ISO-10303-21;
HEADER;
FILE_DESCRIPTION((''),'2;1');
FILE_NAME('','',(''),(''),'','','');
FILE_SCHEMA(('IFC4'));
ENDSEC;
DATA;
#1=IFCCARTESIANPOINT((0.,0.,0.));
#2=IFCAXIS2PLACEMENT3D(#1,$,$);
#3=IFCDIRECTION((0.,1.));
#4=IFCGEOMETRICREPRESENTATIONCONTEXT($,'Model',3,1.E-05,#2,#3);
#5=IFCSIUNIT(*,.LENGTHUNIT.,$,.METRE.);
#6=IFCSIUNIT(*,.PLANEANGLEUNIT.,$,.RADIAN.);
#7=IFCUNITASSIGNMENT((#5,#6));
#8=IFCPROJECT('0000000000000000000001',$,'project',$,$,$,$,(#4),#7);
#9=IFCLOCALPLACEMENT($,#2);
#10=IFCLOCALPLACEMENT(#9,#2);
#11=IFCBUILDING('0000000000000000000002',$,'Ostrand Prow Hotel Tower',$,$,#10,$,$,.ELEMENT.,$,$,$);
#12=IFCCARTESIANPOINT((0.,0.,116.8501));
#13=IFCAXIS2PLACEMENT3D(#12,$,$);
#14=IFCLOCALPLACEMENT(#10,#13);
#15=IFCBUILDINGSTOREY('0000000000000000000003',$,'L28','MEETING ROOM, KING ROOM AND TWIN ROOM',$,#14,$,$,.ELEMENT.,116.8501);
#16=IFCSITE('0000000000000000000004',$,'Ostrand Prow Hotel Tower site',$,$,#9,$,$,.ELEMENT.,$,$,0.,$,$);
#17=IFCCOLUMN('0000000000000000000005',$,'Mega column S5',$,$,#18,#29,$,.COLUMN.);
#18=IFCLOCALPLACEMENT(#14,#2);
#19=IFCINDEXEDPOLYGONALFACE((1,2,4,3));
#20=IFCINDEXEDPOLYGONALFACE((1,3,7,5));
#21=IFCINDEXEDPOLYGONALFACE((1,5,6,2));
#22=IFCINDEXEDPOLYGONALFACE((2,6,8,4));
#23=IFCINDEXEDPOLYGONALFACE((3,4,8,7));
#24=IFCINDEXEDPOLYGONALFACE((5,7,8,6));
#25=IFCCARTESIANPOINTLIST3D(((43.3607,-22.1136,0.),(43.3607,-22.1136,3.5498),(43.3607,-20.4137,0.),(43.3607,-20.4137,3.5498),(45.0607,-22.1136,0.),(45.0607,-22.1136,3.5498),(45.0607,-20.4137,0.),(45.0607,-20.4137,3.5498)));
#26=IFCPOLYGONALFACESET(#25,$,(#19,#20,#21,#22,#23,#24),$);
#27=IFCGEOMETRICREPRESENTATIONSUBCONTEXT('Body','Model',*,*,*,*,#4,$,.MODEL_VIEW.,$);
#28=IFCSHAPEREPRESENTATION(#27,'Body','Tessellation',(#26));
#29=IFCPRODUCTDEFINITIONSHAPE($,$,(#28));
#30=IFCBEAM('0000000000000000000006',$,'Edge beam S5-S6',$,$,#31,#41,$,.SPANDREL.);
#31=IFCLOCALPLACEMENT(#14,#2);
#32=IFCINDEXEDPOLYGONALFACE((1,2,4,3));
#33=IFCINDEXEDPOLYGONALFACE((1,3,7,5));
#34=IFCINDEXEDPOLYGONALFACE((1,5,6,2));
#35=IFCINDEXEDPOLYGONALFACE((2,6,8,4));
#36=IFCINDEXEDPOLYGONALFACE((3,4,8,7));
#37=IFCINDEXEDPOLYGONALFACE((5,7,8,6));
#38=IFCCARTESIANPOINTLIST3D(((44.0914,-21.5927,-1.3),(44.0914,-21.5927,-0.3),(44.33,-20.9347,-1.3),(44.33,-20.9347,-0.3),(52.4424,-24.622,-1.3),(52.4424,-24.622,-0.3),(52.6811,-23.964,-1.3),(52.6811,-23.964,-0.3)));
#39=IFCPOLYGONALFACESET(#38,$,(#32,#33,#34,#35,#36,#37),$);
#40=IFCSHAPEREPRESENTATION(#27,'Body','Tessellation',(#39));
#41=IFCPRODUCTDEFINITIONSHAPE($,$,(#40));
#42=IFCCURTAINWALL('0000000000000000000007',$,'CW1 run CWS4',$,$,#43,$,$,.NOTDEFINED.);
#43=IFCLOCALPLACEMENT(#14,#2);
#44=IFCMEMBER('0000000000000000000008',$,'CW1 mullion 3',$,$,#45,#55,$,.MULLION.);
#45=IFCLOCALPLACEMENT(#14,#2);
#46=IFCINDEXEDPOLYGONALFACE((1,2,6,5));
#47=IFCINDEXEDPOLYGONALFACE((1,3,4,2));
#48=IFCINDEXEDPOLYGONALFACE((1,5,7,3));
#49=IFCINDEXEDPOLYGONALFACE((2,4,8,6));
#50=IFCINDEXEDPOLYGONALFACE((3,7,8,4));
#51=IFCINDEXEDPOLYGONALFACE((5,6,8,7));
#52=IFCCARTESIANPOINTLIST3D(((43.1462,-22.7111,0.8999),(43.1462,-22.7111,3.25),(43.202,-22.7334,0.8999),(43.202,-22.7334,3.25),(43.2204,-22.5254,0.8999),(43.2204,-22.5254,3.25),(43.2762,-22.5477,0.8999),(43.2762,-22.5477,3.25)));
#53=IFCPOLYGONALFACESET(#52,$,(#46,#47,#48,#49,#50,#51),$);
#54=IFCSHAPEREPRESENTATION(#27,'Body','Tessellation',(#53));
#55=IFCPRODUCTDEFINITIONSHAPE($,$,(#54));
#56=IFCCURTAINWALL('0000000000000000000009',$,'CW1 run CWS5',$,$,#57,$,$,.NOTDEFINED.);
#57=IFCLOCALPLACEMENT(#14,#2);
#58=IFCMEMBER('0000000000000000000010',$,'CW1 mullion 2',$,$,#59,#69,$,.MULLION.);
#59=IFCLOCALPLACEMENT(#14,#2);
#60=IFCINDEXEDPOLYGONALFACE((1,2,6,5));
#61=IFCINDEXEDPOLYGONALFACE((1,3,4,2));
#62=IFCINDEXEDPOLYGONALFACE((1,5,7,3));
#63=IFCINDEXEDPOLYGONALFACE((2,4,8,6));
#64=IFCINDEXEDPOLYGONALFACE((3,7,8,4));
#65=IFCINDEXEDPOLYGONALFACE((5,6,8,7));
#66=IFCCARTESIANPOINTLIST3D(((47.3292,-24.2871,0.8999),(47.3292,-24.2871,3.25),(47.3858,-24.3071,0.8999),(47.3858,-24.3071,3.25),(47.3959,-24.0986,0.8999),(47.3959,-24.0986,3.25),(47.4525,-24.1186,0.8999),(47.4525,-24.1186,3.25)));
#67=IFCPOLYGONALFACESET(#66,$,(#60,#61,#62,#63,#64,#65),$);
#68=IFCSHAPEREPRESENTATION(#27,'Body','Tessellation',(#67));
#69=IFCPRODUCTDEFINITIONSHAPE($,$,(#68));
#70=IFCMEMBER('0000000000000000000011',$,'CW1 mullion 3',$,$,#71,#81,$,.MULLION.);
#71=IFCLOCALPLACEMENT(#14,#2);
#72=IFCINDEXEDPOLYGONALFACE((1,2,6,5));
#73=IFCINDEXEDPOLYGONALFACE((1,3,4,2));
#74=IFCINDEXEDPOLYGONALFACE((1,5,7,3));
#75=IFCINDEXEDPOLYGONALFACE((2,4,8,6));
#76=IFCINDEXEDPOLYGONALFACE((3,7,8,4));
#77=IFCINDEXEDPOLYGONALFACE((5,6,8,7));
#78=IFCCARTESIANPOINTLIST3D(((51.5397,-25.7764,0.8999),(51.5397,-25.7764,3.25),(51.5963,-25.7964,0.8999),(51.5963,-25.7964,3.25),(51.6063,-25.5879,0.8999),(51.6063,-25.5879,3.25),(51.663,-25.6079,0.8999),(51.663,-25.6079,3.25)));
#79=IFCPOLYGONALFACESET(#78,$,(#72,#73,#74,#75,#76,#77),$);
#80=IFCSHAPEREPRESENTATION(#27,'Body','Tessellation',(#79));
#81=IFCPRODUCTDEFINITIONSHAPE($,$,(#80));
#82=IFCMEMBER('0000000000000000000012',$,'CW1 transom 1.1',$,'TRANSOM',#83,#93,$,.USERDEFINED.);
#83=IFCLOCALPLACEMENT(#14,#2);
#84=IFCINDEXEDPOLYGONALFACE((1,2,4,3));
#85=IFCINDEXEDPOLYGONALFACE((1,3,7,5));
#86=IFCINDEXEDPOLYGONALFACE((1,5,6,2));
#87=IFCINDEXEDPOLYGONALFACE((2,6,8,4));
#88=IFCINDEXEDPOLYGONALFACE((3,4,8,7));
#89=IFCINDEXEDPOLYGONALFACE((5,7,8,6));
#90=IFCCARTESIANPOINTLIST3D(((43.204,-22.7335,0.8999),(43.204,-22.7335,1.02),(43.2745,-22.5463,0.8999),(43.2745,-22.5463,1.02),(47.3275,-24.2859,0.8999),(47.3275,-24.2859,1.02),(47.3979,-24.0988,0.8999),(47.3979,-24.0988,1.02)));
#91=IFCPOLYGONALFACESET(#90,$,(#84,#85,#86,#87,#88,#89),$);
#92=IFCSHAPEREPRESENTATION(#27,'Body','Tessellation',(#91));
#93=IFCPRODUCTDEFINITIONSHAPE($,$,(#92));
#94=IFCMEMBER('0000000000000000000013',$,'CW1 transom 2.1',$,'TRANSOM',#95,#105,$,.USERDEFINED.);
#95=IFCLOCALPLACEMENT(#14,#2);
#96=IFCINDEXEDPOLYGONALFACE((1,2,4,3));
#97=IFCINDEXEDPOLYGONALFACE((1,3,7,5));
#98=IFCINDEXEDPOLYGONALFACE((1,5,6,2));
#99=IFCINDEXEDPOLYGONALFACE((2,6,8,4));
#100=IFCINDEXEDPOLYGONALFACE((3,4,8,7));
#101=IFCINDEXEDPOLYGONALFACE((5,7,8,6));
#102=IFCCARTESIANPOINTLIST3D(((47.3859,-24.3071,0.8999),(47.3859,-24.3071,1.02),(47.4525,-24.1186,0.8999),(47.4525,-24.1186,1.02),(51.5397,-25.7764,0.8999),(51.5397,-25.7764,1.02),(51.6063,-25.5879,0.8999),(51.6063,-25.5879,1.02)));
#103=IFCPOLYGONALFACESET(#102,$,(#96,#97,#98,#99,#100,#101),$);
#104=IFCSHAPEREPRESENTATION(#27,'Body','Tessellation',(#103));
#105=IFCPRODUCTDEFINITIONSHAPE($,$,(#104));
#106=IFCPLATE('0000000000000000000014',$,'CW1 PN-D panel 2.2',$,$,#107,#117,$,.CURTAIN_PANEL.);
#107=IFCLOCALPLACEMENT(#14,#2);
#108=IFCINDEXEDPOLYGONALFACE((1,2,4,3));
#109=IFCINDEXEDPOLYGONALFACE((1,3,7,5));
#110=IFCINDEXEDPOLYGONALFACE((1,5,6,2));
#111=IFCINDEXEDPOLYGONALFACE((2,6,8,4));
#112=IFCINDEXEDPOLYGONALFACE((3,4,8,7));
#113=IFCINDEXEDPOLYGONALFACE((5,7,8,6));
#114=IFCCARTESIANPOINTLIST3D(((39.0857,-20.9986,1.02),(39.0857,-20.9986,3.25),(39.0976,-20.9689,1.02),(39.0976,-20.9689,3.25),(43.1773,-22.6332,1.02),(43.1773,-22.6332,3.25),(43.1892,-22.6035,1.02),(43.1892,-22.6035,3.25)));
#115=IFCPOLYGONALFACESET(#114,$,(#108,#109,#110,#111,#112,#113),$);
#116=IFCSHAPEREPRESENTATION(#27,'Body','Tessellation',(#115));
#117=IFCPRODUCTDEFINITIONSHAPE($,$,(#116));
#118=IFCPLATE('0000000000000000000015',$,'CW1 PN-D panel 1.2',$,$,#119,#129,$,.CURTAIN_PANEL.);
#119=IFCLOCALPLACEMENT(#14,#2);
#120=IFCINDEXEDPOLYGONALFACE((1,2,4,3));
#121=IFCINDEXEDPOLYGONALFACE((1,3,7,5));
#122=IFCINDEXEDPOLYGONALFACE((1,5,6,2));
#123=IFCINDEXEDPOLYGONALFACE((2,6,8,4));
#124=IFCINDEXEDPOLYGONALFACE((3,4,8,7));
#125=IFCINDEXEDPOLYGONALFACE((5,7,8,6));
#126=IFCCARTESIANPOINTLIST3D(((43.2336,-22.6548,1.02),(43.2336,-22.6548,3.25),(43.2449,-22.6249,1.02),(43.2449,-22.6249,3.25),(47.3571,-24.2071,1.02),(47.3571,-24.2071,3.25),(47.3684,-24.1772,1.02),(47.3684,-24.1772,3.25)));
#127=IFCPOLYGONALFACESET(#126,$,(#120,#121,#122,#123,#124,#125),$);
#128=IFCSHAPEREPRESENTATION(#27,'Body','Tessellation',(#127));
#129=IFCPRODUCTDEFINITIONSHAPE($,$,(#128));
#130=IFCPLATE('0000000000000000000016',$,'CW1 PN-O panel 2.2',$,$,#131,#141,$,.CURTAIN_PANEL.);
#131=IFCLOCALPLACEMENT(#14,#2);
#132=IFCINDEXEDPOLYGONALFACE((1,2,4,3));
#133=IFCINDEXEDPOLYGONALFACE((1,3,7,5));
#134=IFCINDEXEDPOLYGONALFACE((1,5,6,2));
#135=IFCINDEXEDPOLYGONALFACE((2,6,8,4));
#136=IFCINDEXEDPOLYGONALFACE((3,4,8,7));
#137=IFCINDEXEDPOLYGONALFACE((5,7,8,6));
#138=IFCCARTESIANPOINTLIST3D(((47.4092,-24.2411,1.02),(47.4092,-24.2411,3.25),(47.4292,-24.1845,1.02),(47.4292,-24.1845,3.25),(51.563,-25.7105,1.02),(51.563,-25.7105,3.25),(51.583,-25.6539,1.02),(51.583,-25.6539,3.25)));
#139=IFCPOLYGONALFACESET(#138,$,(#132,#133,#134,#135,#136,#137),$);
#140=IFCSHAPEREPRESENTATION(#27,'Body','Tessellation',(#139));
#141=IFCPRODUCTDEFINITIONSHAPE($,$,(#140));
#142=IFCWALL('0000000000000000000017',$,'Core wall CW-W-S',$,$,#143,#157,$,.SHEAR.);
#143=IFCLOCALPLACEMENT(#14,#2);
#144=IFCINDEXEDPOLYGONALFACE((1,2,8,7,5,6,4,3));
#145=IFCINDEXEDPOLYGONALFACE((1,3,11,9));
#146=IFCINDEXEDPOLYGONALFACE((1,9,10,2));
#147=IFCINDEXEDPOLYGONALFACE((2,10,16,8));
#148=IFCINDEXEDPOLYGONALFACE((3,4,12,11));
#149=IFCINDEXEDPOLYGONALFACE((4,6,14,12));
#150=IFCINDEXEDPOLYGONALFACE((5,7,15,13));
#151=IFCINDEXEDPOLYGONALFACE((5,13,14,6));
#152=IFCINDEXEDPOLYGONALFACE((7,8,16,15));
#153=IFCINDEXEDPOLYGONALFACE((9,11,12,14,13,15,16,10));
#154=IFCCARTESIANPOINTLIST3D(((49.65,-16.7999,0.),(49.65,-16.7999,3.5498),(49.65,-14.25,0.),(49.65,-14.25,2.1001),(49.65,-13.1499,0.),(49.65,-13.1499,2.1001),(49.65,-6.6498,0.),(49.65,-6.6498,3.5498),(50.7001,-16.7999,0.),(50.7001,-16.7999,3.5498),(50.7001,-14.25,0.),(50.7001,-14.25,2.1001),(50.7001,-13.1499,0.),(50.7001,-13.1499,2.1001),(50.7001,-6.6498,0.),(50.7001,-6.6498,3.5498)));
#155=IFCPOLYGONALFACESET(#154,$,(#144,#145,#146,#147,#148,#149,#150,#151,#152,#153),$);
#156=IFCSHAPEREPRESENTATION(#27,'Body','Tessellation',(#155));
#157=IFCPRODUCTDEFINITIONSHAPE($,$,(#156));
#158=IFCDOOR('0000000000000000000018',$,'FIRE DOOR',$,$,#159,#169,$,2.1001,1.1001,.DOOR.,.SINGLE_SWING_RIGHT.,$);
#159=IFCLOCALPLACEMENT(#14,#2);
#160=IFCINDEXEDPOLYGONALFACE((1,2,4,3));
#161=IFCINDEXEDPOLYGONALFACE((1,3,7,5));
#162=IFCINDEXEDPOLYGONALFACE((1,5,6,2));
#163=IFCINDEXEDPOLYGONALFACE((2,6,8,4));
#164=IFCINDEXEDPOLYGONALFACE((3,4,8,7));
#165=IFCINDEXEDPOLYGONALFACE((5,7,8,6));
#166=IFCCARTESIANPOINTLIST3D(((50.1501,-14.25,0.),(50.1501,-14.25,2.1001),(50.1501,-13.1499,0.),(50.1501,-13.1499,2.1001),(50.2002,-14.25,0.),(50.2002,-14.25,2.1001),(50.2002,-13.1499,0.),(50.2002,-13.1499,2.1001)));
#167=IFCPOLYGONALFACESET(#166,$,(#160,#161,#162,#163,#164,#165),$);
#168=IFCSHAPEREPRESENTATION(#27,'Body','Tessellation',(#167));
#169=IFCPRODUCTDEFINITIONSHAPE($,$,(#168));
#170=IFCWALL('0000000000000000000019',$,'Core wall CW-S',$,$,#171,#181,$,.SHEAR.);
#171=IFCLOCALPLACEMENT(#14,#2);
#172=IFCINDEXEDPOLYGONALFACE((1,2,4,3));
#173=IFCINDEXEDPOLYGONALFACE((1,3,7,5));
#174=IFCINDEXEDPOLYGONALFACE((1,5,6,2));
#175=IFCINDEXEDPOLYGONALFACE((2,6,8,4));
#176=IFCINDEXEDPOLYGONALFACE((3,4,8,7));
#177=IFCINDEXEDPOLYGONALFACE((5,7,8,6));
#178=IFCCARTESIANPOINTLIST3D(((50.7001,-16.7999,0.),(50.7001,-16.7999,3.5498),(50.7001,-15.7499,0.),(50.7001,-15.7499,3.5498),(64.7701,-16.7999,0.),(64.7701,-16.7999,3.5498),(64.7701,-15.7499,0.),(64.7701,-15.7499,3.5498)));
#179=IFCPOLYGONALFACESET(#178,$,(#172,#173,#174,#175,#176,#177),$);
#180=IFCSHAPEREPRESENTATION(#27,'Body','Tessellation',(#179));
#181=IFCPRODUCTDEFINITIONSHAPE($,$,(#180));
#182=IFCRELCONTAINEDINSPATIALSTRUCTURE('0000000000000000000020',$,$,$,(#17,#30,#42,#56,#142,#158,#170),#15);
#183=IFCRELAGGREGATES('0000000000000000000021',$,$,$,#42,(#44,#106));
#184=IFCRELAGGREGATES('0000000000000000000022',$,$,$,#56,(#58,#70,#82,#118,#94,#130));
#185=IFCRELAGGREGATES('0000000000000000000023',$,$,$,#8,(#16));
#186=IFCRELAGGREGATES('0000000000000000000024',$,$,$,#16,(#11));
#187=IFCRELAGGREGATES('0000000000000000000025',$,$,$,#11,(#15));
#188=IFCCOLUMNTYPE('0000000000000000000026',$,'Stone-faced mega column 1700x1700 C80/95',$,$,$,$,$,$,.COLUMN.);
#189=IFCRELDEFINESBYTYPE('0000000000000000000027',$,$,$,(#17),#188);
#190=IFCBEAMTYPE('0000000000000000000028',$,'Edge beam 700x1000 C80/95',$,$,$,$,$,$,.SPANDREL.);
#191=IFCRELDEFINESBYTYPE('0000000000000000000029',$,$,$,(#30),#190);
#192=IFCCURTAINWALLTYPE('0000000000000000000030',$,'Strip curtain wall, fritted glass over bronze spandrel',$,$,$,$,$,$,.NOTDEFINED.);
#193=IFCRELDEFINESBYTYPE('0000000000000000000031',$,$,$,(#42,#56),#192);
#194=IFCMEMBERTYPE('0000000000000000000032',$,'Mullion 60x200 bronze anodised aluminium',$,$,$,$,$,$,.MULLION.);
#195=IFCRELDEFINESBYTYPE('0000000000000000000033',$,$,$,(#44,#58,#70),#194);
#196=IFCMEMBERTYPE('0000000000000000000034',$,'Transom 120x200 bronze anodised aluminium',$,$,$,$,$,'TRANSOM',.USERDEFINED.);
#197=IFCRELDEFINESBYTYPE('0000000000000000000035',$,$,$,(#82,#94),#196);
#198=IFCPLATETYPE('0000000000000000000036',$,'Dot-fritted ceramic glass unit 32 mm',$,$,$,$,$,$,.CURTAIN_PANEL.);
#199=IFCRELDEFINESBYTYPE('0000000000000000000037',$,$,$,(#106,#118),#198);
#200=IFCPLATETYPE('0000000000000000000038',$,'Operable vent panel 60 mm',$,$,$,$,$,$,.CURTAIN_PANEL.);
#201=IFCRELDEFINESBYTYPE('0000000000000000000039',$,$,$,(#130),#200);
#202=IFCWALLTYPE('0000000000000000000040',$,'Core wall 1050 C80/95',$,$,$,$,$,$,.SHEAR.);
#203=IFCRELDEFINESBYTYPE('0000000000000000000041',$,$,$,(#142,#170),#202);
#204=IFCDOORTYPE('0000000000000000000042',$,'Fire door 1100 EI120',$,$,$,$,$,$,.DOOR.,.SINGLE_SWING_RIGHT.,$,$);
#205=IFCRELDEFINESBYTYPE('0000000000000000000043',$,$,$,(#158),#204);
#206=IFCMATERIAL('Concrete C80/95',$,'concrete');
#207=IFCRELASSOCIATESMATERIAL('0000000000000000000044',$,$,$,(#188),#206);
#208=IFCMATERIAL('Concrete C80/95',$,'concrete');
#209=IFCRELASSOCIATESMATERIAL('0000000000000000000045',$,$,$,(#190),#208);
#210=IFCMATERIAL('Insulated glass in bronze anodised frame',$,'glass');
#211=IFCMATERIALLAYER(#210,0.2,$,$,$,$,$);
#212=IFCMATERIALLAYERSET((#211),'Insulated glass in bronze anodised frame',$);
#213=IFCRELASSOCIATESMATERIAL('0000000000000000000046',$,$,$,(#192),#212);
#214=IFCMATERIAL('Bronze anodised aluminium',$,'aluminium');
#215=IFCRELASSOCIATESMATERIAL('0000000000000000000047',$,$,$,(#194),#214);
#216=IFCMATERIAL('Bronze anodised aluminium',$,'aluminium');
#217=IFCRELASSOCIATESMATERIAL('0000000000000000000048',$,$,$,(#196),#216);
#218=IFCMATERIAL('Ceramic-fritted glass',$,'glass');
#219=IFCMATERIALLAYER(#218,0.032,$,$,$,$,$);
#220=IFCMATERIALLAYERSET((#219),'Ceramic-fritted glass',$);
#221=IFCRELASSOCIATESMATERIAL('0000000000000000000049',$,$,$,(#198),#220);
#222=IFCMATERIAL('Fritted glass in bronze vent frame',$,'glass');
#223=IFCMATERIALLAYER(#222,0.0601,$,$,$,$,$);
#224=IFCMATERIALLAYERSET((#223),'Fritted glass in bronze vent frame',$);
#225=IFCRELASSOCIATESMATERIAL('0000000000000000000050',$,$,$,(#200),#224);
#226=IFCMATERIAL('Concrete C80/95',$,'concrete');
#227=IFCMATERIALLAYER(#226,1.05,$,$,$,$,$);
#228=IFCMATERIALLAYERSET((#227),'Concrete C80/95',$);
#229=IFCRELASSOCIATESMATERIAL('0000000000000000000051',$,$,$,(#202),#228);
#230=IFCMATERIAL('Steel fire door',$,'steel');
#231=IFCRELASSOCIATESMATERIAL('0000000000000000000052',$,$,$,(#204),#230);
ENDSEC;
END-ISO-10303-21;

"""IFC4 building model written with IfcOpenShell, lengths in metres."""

from ifc_helpers import new_model, si_unit, direction, frame, frame_2d, origin, origin_2d, place, context, subcontext, project, spatial, rectangle, extrude, material, layer, layer_set, material_profile, profile_set, type_object, element, fill, aggregate, save


model = new_model("IFC4")

# Units and contexts
model_context = context("Model", 3, precision=1e-05, world=origin(), true_north=direction((0.0, 1.0)))
body_context = subcontext(model_context, "Body", "Model", "MODEL_VIEW")
ifc_project = project(units=[si_unit("LENGTHUNIT", "METRE"), si_unit("PLANEANGLEUNIT", "RADIAN")], contexts=[model_context])

# Site, building, storey
site_placement = place(None, origin())
site = spatial("IfcSite", under=ifc_project, at=site_placement, Name="Ostrand Prow Hotel Tower site", CompositionType="ELEMENT", RefElevation=0.0)
building_placement = place(site_placement, origin())
building = spatial("IfcBuilding", under=site, at=building_placement, Name="Ostrand Prow Hotel Tower", CompositionType="ELEMENT")
storey_placement = place(building_placement, frame((0.0, 0.0, 116.8501)))
storey = spatial("IfcBuildingStorey", under=building, at=storey_placement, Name="L28", Description="MEETING ROOM, KING ROOM AND TWIN ROOM", CompositionType="ELEMENT", Elevation=116.8501)

# Column
ifc_material_1 = material(Name="Concrete C80/95", Category="concrete")
ifc_material_profile_1 = material_profile(ifc_material_1, rectangle(XDim=1.7, YDim=1.7, at=origin_2d()), Name="RC 1700x1700")
ifc_profile_set_1 = profile_set([ifc_material_profile_1], Name="Concrete C80/95")
column_type = type_object("IfcColumnType", Name="Stone-faced mega column 1700x1700 C80/95", PredefinedType="COLUMN", material=ifc_profile_set_1)
column_placement = place(storey_placement, frame((44.2107, -21.2637, 0.0), z_axis=(0.0, 0.0, 1.0), x_axis=(1.0, 0.0, 0.0)))
element("IfcColumn", 1, at=column_placement, inside=storey, type_object=column_type, Name="Mega column S5", PredefinedType="COLUMN", context=body_context, shape_type="SweptSolid", body=[
    extrude(rectangle(XDim=1.7, YDim=1.7, at=origin_2d()), origin(), (0.0, 0.0, 1.0), 3.5498),
])

# Beam
ifc_material_2 = material(Name="Concrete C80/95", Category="concrete")
ifc_material_profile_2 = material_profile(ifc_material_2, rectangle(XDim=0.7, YDim=1.0, at=origin_2d()), Name="RC 700x1000")
ifc_profile_set_2 = profile_set([ifc_material_profile_2], Name="Concrete C80/95")
beam_type = type_object("IfcBeamType", Name="Edge beam 700x1000 C80/95", PredefinedType="SPANDREL", material=ifc_profile_set_2)
beam_placement = place(storey_placement, frame((44.2107, -21.2637, -0.8), z_axis=(0.940063, -0.341002, 0.0), x_axis=(0.341002, 0.940063, 0.0)))
element("IfcBeam", 2, at=beam_placement, inside=storey, type_object=beam_type, Name="Edge beam S5-S6", PredefinedType="SPANDREL", context=body_context, shape_type="SweptSolid", body=[
    extrude(rectangle(XDim=0.7, YDim=1.0, at=origin_2d()), origin(), (0.0, 0.0, 1.0), 8.8835),
])

# Curtain wall, member
ifc_material_3 = material(Name="Insulated glass in bronze anodised frame", Category="glass")
ifc_layer_1 = layer(ifc_material_3, 0.2)
ifc_layer_set_1 = layer_set([ifc_layer_1], Name="Insulated glass in bronze anodised frame")
curtain_wall_type = type_object("IfcCurtainWallType", Name="Strip curtain wall, fritted glass over bronze spandrel", PredefinedType="NOTDEFINED", material=ifc_layer_set_1)
curtain_wall_1_placement = place(storey_placement, origin())
curtain_wall_1 = element("IfcCurtainWall", 3, at=curtain_wall_1_placement, inside=storey, type_object=curtain_wall_type, Name="CW1 run CWS4", PredefinedType="NOTDEFINED")
ifc_material_4 = material(Name="Bronze anodised aluminium", Category="aluminium")
ifc_material_profile_3 = material_profile(ifc_material_4, rectangle(XDim=0.2, YDim=0.0601, at=origin_2d()), Name="Mullion 60x200 bronze anodised aluminium")
ifc_profile_set_3 = profile_set([ifc_material_profile_3], Name="Bronze anodised aluminium")
member_type_1 = type_object("IfcMemberType", Name="Mullion 60x200 bronze anodised aluminium", PredefinedType="MULLION", material=ifc_profile_set_3)
member_1_placement = place(storey_placement, frame((43.2112, -22.6294, 0.8999), z_axis=(0.0, 0.0, 1.0), x_axis=(0.370982, 0.92864, 0.0)))
member_1 = element("IfcMember", 4, at=member_1_placement, type_object=member_type_1, Name="CW1 mullion 3", PredefinedType="MULLION", context=body_context, shape_type="SweptSolid", body=[
    extrude(rectangle(XDim=0.2, YDim=0.0601, at=origin_2d()), origin(), (0.0, 0.0, 1.0), 2.3501),
])

# Curtain wall, members
curtain_wall_2_placement = place(storey_placement, origin())
curtain_wall_2 = element("IfcCurtainWall", 5, at=curtain_wall_2_placement, inside=storey, type_object=curtain_wall_type, Name="CW1 run CWS5", PredefinedType="NOTDEFINED")
member_2_placement = place(storey_placement, frame((47.3909, -24.2029, 0.8999), z_axis=(0.0, 0.0, 1.0), x_axis=(0.333496, 0.942752, 0.0)))
member_2 = element("IfcMember", 6, at=member_2_placement, type_object=member_type_1, Name="CW1 mullion 2", PredefinedType="MULLION", context=body_context, shape_type="SweptSolid", body=[
    extrude(rectangle(XDim=0.2, YDim=0.0601, at=origin_2d()), origin(), (0.0, 0.0, 1.0), 2.3501),
])
member_3_placement = place(storey_placement, frame((51.6013, -25.6921, 0.8999), z_axis=(0.0, 0.0, 1.0), x_axis=(0.333496, 0.942752, 0.0)))
member_3 = element("IfcMember", 7, at=member_3_placement, type_object=member_type_1, Name="CW1 mullion 3", PredefinedType="MULLION", context=body_context, shape_type="SweptSolid", body=[
    extrude(rectangle(XDim=0.2, YDim=0.0601, at=origin_2d()), origin(), (0.0, 0.0, 1.0), 2.3501),
])
ifc_material_5 = material(Name="Bronze anodised aluminium", Category="aluminium")
ifc_material_profile_4 = material_profile(ifc_material_5, rectangle(XDim=0.2, YDim=0.1201, at=origin_2d()), Name="Transom 120x200 bronze anodised aluminium")
ifc_profile_set_4 = profile_set([ifc_material_profile_4], Name="Bronze anodised aluminium")
member_type_2 = type_object("IfcMemberType", Name="Transom 120x200 bronze anodised aluminium", ElementType="TRANSOM", PredefinedType="USERDEFINED", material=ifc_profile_set_4)
member_4_placement = place(storey_placement, frame((43.2393, -22.6399, 0.96), z_axis=(0.935868, -0.35235, 0.0), x_axis=(0.35235, 0.935868, 0.0)))
member_4 = element("IfcMember", 8, at=member_4_placement, type_object=member_type_2, Name="CW1 transom 1.1", ObjectType="TRANSOM", PredefinedType="USERDEFINED", context=body_context, shape_type="SweptSolid", body=[
    extrude(rectangle(XDim=0.2, YDim=0.1201, at=origin_2d()), origin(), (0.0, 0.0, 1.0), 4.406),
])
member_5_placement = place(storey_placement, frame((47.4192, -24.2129, 0.96), z_axis=(0.942763, -0.333463, 0.0), x_axis=(0.333463, 0.942763, 0.0)))
member_5 = element("IfcMember", 9, at=member_5_placement, type_object=member_type_2, Name="CW1 transom 2.1", ObjectType="TRANSOM", PredefinedType="USERDEFINED", context=body_context, shape_type="SweptSolid", body=[
    extrude(rectangle(XDim=0.2, YDim=0.1201, at=origin_2d()), origin(), (0.0, 0.0, 1.0), 4.406),
])

# Plates
ifc_material_6 = material(Name="Ceramic-fritted glass", Category="glass")
ifc_layer_2 = layer(ifc_material_6, 0.032)
ifc_layer_set_2 = layer_set([ifc_layer_2], Name="Ceramic-fritted glass")
plate_type_1 = type_object("IfcPlateType", Name="Dot-fritted ceramic glass unit 32 mm", PredefinedType="CURTAIN_PANEL", material=ifc_layer_set_2)
plate_1_placement = place(storey_placement, frame((41.1375, -21.801, 1.02), z_axis=(0.0, 0.0, 1.0), x_axis=(0.92864, -0.370982, 0.0)))
plate_1 = element("IfcPlate", 10, at=plate_1_placement, type_object=plate_type_1, Name="CW1 PN-D panel 2.2", PredefinedType="CURTAIN_PANEL", context=body_context, shape_type="SweptSolid", body=[
    extrude(rectangle(XDim=4.406, YDim=0.032, at=origin_2d()), origin(), (0.0, 0.0, 1.0), 2.23),
])
aggregate(curtain_wall_1, [member_1, plate_1])
plate_2_placement = place(storey_placement, frame((45.301, -23.416, 1.02), z_axis=(0.0, 0.0, 1.0), x_axis=(0.935884, -0.352309, 0.0)))
plate_2 = element("IfcPlate", 11, at=plate_2_placement, type_object=plate_type_1, Name="CW1 PN-D panel 1.2", PredefinedType="CURTAIN_PANEL", context=body_context, shape_type="SweptSolid", body=[
    extrude(rectangle(XDim=4.406, YDim=0.032, at=origin_2d()), origin(), (0.0, 0.0, 1.0), 2.23),
])
ifc_material_7 = material(Name="Fritted glass in bronze vent frame", Category="glass")
ifc_layer_3 = layer(ifc_material_7, 0.0601)
ifc_layer_set_3 = layer_set([ifc_layer_3], Name="Fritted glass in bronze vent frame")
plate_type_2 = type_object("IfcPlateType", Name="Operable vent panel 60 mm", PredefinedType="CURTAIN_PANEL", material=ifc_layer_set_3)
plate_3_placement = place(storey_placement, frame((49.4961, -24.9475, 1.02), z_axis=(0.0, 0.0, 1.0), x_axis=(0.942752, -0.333496, 0.0)))
plate_3 = element("IfcPlate", 12, at=plate_3_placement, type_object=plate_type_2, Name="CW1 PN-O panel 2.2", PredefinedType="CURTAIN_PANEL", context=body_context, shape_type="SweptSolid", body=[
    extrude(rectangle(XDim=4.406, YDim=0.0601, at=origin_2d()), origin(), (0.0, 0.0, 1.0), 2.23),
])
aggregate(curtain_wall_2, [member_2, member_3, member_4, plate_2, member_5, plate_3])

# Wall, opening, door
ifc_material_8 = material(Name="Concrete C80/95", Category="concrete")
ifc_layer_4 = layer(ifc_material_8, 1.05)
ifc_layer_set_4 = layer_set([ifc_layer_4], Name="Concrete C80/95")
wall_type_1 = type_object("IfcWallType", Name="Core wall 1050 C80/95", PredefinedType="SHEAR", material=ifc_layer_set_4)
wall_1_placement = place(storey_placement, frame((50.175, -16.8, 0.0), z_axis=(0.0, 0.0, 1.0), x_axis=(0.0, 1.0, 0.0)))
wall_1 = element("IfcWall", 13, at=wall_1_placement, inside=storey, type_object=wall_type_1, Name="Core wall CW-W-S", PredefinedType="SHEAR", context=body_context, shape_type="SweptSolid", body=[
    extrude(rectangle(XDim=10.1501, YDim=1.05, at=frame_2d((5.0752, 0.0))), origin(), (0.0, 0.0, 1.0), 3.5498),
])
opening_1_placement = place(wall_1_placement, frame((2.55, 0.0, 0.0)))
opening_1 = element("IfcOpeningElement", 14, at=opening_1_placement, cuts=wall_1, PredefinedType="OPENING", context=body_context, shape_type="SweptSolid", body=[
    extrude(rectangle(XDim=1.1001, YDim=2.1001, at=frame_2d((0.55, 1.05))), frame((0.0, 0.5349, 0.0), z_axis=(0.0, -1.0, 0.0), x_axis=(1.0, 0.0, 0.0)), (0.0, 0.0, 1.0), 1.0701),
])
ifc_material_9 = material(Name="Steel fire door", Category="steel")
door_type_1 = type_object("IfcDoorType", Name="Fire door 1100 EI120", OperationType="SINGLE_SWING_RIGHT", PredefinedType="DOOR", material=ifc_material_9)
door_1_placement = place(opening_1_placement, origin())
door_1 = element("IfcDoor", 15, at=door_1_placement, inside=storey, type_object=door_type_1, Name="FIRE DOOR", OperationType="SINGLE_SWING_RIGHT", OverallHeight=2.1001, OverallWidth=1.1001, PredefinedType="DOOR", context=body_context, shape_type="SweptSolid", body=[
    extrude(rectangle(XDim=1.1001, YDim=2.1001, at=frame_2d((0.55, 1.05))), frame((0.0, 0.0249, 0.0), z_axis=(0.0, -1.0, 0.0), x_axis=(1.0, 0.0, 0.0)), (0.0, 0.0, 1.0), 0.05),
])
fill(opening_1, door_1)

# Wall
wall_2_placement = place(storey_placement, frame((50.7, -16.2749, 0.0), z_axis=(0.0, 0.0, 1.0), x_axis=(1.0, 0.0, 0.0)))
element("IfcWall", 16, at=wall_2_placement, inside=storey, type_object=wall_type_1, Name="Core wall CW-S", PredefinedType="SHEAR", context=body_context, shape_type="SweptSolid", body=[
    extrude(rectangle(XDim=14.0701, YDim=1.05, at=frame_2d((7.0352, 0.0))), origin(), (0.0, 0.0, 1.0), 3.5498),
])

save(model, "model.ifc")
